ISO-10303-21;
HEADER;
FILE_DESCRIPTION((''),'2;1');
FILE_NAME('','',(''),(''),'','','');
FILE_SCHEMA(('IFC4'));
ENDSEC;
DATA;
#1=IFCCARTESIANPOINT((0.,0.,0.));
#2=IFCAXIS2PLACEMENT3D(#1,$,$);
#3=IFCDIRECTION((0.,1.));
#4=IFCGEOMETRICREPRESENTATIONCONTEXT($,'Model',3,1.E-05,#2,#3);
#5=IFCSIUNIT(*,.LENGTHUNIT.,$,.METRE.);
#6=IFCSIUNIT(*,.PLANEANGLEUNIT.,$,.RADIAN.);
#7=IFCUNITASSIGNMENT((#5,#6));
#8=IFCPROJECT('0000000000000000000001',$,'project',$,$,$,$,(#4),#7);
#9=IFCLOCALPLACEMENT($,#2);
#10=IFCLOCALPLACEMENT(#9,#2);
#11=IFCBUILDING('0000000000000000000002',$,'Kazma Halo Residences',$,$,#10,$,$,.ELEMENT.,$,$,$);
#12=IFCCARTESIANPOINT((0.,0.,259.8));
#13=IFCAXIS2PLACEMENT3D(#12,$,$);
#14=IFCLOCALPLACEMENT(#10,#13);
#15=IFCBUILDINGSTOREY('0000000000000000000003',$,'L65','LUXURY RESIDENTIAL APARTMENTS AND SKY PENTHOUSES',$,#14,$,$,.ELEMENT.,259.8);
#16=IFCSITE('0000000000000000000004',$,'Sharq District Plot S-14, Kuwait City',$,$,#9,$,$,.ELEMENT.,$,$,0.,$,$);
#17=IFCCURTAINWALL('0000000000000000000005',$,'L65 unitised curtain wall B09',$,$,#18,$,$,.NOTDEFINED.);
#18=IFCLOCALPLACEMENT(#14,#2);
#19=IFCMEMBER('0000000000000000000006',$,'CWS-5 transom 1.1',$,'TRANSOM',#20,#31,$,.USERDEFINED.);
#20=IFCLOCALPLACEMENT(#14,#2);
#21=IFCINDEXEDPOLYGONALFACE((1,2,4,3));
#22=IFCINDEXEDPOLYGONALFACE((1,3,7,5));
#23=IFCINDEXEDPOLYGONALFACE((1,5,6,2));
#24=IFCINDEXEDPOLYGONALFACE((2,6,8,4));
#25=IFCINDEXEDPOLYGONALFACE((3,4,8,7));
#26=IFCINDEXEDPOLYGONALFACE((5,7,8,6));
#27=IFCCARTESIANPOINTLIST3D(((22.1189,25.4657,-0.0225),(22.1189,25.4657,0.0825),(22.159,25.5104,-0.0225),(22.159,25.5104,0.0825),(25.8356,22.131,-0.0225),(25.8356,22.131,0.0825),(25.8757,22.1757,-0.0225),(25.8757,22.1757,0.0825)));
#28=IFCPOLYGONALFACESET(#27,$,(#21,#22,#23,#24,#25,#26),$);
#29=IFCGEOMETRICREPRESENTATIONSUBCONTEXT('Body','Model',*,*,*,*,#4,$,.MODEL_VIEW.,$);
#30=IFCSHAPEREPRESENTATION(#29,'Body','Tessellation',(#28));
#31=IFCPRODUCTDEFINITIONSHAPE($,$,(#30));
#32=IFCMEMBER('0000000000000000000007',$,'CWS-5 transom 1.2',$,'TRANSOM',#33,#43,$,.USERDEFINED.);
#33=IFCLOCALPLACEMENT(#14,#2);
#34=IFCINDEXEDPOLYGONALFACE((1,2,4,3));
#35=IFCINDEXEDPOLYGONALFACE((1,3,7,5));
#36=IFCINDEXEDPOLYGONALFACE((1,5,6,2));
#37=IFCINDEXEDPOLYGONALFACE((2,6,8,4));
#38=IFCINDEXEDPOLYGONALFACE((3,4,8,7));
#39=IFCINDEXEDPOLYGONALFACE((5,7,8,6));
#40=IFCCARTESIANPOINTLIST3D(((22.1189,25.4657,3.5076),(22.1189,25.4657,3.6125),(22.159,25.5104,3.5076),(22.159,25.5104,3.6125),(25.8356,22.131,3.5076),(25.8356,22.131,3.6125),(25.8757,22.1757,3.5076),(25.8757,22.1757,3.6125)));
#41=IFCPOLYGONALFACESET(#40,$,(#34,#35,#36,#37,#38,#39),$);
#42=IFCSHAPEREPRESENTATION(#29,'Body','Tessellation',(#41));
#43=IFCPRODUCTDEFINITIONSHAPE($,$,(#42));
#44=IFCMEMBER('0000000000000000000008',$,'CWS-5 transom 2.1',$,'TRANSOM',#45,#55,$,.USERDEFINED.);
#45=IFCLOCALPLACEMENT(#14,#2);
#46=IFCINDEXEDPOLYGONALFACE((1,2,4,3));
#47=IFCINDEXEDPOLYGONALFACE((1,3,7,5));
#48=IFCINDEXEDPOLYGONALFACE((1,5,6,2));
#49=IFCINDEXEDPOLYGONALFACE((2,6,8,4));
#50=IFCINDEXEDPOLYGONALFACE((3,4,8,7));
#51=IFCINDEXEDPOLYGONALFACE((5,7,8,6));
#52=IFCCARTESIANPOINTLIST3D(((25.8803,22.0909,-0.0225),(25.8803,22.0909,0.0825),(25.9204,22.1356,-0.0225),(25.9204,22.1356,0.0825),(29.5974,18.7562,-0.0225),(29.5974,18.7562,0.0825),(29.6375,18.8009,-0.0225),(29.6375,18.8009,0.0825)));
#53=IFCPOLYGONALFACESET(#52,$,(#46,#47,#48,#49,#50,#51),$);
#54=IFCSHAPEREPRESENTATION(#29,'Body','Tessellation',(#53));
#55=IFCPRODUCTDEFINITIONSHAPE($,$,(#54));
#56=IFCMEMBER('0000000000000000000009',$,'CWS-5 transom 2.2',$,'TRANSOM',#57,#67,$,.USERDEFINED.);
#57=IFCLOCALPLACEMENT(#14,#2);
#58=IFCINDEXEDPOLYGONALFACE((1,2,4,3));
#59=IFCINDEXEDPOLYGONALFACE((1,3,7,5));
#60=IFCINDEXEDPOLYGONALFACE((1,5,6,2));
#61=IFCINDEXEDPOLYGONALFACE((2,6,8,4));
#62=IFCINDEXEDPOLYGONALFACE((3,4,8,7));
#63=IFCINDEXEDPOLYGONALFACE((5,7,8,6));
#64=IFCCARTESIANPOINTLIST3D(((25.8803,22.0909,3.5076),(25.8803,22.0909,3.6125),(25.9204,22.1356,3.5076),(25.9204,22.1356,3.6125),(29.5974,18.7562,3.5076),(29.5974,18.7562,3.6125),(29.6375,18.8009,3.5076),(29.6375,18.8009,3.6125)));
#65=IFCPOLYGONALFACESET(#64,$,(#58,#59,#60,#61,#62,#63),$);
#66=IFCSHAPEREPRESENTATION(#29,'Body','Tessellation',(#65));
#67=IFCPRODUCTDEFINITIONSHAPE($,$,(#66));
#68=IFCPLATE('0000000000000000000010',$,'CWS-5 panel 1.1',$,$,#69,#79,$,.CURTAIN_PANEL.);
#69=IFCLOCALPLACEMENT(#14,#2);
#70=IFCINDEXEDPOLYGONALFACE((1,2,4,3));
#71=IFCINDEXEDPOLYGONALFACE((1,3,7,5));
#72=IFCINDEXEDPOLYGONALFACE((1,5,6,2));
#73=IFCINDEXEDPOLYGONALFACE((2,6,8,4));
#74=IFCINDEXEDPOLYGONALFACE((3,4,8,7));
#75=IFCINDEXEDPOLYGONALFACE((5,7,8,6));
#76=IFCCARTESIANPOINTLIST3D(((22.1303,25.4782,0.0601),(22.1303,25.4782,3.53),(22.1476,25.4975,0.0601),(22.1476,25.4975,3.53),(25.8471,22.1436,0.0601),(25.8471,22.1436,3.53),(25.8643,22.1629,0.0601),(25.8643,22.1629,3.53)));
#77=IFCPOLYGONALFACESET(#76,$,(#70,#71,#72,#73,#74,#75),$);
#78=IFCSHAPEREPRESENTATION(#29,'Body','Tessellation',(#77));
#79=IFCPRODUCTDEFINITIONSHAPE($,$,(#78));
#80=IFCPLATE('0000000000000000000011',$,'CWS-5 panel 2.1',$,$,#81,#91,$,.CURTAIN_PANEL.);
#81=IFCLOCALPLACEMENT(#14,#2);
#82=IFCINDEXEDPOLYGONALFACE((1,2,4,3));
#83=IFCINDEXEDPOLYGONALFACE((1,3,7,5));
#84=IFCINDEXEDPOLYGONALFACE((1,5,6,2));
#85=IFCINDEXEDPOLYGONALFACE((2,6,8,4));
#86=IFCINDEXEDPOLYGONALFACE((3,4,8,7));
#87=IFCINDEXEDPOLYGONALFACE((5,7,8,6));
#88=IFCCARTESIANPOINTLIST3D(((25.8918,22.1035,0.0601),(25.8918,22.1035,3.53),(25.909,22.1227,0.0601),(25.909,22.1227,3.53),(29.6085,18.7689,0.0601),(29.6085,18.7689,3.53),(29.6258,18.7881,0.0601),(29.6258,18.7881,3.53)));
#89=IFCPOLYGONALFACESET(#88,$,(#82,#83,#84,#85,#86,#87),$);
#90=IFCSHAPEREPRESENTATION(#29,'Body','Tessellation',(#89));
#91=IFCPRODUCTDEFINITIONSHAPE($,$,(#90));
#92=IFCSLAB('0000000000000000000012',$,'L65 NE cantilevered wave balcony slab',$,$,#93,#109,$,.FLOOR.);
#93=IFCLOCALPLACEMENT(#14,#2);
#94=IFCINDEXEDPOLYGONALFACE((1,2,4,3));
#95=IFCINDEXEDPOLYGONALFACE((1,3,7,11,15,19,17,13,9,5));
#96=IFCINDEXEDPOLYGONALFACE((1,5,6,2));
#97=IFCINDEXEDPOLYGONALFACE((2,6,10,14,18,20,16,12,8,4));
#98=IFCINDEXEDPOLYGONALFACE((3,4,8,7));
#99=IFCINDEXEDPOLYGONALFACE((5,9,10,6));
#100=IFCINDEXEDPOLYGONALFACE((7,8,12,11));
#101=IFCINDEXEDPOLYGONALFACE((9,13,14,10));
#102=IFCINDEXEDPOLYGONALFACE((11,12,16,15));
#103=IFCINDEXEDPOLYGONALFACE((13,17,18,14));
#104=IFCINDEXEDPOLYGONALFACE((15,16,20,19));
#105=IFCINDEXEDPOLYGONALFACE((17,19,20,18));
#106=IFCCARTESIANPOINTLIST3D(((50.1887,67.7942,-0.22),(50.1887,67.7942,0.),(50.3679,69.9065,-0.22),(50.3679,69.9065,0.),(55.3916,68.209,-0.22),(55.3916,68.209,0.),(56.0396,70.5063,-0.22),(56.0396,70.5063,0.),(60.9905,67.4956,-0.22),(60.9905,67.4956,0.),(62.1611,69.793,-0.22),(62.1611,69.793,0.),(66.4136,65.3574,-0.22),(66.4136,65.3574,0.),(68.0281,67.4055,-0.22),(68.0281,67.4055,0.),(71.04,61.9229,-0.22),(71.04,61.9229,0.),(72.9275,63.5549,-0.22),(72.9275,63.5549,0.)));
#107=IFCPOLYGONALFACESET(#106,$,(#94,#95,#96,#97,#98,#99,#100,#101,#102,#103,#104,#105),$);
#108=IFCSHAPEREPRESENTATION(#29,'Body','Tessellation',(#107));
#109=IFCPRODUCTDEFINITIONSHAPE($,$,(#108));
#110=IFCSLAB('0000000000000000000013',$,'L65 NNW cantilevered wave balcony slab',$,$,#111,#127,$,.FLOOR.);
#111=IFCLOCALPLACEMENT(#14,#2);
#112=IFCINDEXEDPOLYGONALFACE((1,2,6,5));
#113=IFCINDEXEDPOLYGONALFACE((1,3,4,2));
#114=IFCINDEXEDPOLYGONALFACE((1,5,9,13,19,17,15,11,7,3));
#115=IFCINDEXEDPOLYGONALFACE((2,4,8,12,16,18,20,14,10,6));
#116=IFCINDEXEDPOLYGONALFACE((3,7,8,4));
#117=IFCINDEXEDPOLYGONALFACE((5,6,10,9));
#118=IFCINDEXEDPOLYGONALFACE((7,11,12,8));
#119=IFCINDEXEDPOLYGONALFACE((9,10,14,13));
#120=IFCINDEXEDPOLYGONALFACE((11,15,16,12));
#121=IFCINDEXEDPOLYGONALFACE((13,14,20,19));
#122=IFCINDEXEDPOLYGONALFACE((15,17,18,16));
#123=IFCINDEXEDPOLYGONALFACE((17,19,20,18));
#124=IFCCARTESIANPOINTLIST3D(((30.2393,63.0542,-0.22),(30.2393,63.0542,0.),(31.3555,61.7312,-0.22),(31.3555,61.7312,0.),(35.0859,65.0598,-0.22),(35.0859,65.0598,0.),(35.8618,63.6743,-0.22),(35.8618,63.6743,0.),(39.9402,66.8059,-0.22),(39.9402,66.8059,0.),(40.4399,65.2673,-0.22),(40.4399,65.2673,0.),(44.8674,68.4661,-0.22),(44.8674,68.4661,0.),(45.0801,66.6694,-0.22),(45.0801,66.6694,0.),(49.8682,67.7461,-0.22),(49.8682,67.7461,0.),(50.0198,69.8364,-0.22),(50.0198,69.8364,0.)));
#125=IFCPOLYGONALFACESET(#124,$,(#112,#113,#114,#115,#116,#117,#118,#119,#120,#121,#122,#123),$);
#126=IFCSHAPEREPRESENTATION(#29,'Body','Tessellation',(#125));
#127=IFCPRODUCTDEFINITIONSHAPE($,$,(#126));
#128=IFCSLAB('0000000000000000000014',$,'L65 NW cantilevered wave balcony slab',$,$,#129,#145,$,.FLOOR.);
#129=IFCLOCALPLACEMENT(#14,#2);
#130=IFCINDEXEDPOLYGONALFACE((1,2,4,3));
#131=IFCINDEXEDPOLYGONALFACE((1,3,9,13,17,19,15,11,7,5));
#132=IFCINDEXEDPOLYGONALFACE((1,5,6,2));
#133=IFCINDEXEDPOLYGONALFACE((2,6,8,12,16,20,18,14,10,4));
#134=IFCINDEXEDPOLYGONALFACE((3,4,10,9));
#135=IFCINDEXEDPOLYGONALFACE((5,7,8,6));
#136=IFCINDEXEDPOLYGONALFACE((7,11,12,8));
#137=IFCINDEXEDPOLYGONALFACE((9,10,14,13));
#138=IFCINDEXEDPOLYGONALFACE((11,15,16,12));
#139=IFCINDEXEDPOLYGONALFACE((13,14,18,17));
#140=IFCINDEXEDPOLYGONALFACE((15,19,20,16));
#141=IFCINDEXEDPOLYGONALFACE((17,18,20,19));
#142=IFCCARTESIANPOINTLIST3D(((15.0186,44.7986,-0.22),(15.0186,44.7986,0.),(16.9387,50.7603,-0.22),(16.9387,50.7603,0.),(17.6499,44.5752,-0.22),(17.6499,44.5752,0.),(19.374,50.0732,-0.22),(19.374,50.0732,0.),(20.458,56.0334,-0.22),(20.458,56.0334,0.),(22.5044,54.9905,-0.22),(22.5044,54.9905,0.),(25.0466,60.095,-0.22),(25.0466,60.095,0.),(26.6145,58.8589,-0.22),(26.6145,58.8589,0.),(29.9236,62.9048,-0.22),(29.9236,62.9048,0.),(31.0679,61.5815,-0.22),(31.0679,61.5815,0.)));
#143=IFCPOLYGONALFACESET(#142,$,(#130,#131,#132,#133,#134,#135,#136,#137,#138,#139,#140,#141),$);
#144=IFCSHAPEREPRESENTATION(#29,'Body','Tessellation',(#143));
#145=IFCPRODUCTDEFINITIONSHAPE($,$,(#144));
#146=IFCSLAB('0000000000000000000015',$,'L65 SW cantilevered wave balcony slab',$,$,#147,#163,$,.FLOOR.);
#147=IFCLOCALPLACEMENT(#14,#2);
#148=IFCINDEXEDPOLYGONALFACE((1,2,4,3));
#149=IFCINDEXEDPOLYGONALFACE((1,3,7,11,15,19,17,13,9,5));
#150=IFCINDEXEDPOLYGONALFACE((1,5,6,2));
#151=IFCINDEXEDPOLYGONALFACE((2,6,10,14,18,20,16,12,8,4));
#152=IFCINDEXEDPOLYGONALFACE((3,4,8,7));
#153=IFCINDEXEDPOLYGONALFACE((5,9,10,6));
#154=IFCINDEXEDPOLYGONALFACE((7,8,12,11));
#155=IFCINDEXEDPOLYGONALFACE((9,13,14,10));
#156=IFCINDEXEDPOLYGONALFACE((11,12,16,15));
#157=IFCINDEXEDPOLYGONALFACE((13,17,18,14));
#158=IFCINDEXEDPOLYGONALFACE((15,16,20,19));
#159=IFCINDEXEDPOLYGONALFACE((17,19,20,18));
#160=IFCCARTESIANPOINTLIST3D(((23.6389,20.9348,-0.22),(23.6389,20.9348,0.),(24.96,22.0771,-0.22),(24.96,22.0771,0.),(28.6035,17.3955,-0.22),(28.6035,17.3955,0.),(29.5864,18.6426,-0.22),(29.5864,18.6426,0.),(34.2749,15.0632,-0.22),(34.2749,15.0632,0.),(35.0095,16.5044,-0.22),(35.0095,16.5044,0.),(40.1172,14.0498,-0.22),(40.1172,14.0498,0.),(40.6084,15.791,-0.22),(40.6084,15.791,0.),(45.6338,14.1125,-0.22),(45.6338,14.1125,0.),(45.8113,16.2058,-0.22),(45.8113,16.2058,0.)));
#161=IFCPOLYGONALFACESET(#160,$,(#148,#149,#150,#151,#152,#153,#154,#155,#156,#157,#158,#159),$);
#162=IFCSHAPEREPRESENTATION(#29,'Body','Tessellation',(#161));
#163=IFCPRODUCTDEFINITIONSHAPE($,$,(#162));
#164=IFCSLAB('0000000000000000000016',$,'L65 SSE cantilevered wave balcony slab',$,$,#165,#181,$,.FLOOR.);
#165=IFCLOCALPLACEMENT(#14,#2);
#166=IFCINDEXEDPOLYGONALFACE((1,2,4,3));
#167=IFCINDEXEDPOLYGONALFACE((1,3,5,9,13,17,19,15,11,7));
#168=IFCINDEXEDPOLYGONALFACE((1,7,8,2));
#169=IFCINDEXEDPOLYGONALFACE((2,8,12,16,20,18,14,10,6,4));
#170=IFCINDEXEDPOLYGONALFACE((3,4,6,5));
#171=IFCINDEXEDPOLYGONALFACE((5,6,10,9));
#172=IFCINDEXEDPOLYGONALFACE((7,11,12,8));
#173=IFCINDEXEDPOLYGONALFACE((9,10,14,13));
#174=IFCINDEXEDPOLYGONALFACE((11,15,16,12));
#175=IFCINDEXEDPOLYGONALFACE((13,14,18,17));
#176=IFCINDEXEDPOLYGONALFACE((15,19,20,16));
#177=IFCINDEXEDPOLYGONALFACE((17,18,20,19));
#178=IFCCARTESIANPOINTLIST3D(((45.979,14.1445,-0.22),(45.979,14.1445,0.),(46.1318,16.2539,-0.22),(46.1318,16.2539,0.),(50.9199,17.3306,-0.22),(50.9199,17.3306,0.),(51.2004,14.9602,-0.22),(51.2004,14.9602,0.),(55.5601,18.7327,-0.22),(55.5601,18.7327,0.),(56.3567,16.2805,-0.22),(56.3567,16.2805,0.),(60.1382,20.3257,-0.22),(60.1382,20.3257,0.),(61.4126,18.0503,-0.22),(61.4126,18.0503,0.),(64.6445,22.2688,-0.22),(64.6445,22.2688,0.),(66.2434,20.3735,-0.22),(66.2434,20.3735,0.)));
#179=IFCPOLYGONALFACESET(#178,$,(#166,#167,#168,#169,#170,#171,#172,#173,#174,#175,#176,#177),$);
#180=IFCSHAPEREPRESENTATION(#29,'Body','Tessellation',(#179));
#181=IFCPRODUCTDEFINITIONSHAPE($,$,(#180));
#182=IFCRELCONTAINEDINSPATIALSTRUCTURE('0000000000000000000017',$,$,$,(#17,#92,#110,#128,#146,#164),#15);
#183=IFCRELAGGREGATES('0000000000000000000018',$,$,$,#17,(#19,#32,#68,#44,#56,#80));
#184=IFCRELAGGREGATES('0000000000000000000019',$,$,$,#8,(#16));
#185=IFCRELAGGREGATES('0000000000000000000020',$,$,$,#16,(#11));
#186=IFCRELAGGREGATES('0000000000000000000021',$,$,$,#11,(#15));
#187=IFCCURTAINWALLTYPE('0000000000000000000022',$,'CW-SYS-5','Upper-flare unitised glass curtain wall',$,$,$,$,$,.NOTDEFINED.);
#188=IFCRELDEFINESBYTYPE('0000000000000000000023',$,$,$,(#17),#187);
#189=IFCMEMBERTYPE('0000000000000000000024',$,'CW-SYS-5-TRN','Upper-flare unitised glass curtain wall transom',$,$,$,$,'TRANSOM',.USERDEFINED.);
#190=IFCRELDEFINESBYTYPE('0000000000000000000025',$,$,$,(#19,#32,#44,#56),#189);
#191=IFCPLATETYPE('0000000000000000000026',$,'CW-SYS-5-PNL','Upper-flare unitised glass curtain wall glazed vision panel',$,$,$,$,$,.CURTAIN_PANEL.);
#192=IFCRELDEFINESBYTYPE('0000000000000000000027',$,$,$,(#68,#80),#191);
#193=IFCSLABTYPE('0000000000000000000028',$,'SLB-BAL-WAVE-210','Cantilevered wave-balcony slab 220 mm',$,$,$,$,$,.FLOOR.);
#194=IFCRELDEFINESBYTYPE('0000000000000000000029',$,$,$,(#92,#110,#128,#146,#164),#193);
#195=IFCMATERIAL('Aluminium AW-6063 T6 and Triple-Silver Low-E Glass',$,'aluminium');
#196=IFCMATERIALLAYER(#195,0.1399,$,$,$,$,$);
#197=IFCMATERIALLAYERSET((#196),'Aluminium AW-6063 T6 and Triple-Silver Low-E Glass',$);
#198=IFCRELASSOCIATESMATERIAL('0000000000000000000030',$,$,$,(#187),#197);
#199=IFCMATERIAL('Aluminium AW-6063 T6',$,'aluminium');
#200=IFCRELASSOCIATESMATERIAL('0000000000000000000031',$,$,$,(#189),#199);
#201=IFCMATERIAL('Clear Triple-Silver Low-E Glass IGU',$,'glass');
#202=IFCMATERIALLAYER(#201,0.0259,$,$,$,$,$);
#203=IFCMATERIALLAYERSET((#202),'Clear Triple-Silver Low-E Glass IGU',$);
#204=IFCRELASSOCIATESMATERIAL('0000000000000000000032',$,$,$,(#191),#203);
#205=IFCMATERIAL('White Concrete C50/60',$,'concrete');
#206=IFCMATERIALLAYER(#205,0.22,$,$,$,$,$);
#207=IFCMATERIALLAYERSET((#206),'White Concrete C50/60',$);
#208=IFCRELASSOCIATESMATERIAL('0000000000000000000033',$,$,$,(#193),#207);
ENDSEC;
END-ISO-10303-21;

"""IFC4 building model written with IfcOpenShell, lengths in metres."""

from ifc_helpers import new_model, si_unit, direction, frame, origin, origin_2d, place, context, subcontext, project, spatial, polyline, rectangle, outline, extrude, material, layer, layer_set, material_profile, profile_set, type_object, element, aggregate, save


model = new_model("IFC4")

# Units and contexts
model_context = context("Model", 3, precision=1e-05, world=origin(), true_north=direction((0.0, 1.0)))
body_context = subcontext(model_context, "Body", "Model", "MODEL_VIEW")
ifc_project = project(units=[si_unit("LENGTHUNIT", "METRE"), si_unit("PLANEANGLEUNIT", "RADIAN")], contexts=[model_context])

# Site, building, storey
site_placement = place(None, origin())
site = spatial("IfcSite", under=ifc_project, at=site_placement, Name="Sharq District Plot S-14, Kuwait City", CompositionType="ELEMENT", RefElevation=0.0)
building_placement = place(site_placement, origin())
building = spatial("IfcBuilding", under=site, at=building_placement, Name="Kazma Halo Residences", CompositionType="ELEMENT")
storey_placement = place(building_placement, frame((0.0, 0.0, 259.8)))
storey = spatial("IfcBuildingStorey", under=building, at=storey_placement, Name="L65", Description="LUXURY RESIDENTIAL APARTMENTS AND SKY PENTHOUSES", CompositionType="ELEMENT", Elevation=259.8)

# Curtain wall, members, plates
ifc_material_1 = material(Name="Aluminium AW-6063 T6 and Triple-Silver Low-E Glass", Category="aluminium")
ifc_layer_1 = layer(ifc_material_1, 0.1399)
ifc_layer_set_1 = layer_set([ifc_layer_1], Name="Aluminium AW-6063 T6 and Triple-Silver Low-E Glass")
curtain_wall_type = type_object("IfcCurtainWallType", Name="CW-SYS-5", Description="Upper-flare unitised glass curtain wall", PredefinedType="NOTDEFINED", material=ifc_layer_set_1)
curtain_wall_placement = place(storey_placement, origin())
curtain_wall = element("IfcCurtainWall", 1, at=curtain_wall_placement, inside=storey, type_object=curtain_wall_type, Name="L65 unitised curtain wall B09", PredefinedType="NOTDEFINED")
ifc_material_2 = material(Name="Aluminium AW-6063 T6", Category="aluminium")
ifc_material_profile_1 = material_profile(ifc_material_2, rectangle(XDim=0.0601, YDim=0.105, at=origin_2d()), Name="CWT-60x105")
ifc_profile_set_1 = profile_set([ifc_material_profile_1], Name="Aluminium AW-6063 T6")
member_type_1 = type_object("IfcMemberType", Name="CW-SYS-5-TRN", Description="Upper-flare unitised glass curtain wall transom", ElementType="TRANSOM", PredefinedType="USERDEFINED", material=ifc_profile_set_1)
member_1_placement = place(storey_placement, frame((22.1389, 25.488, 0.03), z_axis=(0.744329, -0.667813, 0.0), x_axis=(0.667813, 0.744329, 0.0)))
member_1 = element("IfcMember", 2, at=member_1_placement, type_object=member_type_1, Name="CWS-5 transom 1.1", ObjectType="TRANSOM", PredefinedType="USERDEFINED", context=body_context, shape_type="SweptSolid", body=[
    extrude(rectangle(XDim=0.0601, YDim=0.105, at=origin_2d()), origin(), (0.0, 0.0, 1.0), 4.9934),
])
member_2_placement = place(storey_placement, frame((22.1389, 25.488, 3.5601), z_axis=(0.744329, -0.667813, 0.0), x_axis=(0.667813, 0.744329, 0.0)))
member_2 = element("IfcMember", 3, at=member_2_placement, type_object=member_type_1, Name="CWS-5 transom 1.2", ObjectType="TRANSOM", PredefinedType="USERDEFINED", context=body_context, shape_type="SweptSolid", body=[
    extrude(rectangle(XDim=0.0601, YDim=0.105, at=origin_2d()), origin(), (0.0, 0.0, 1.0), 4.9934),
])
member_3_placement = place(storey_placement, frame((25.9004, 22.1133, 0.03), z_axis=(0.744351, -0.667789, 0.0), x_axis=(0.667789, 0.744351, 0.0)))
member_3 = element("IfcMember", 4, at=member_3_placement, type_object=member_type_1, Name="CWS-5 transom 2.1", ObjectType="TRANSOM", PredefinedType="USERDEFINED", context=body_context, shape_type="SweptSolid", body=[
    extrude(rectangle(XDim=0.0601, YDim=0.105, at=origin_2d()), origin(), (0.0, 0.0, 1.0), 4.9937),
])
member_4_placement = place(storey_placement, frame((25.9004, 22.1133, 3.5601), z_axis=(0.744351, -0.667789, 0.0), x_axis=(0.667789, 0.744351, 0.0)))
member_4 = element("IfcMember", 5, at=member_4_placement, type_object=member_type_1, Name="CWS-5 transom 2.2", ObjectType="TRANSOM", PredefinedType="USERDEFINED", context=body_context, shape_type="SweptSolid", body=[
    extrude(rectangle(XDim=0.0601, YDim=0.105, at=origin_2d()), origin(), (0.0, 0.0, 1.0), 4.9937),
])
ifc_material_3 = material(Name="Clear Triple-Silver Low-E Glass IGU", Category="glass")
ifc_layer_2 = layer(ifc_material_3, 0.0259)
ifc_layer_set_2 = layer_set([ifc_layer_2], Name="Clear Triple-Silver Low-E Glass IGU")
plate_type = type_object("IfcPlateType", Name="CW-SYS-5-PNL", Description="Upper-flare unitised glass curtain wall glazed vision panel", PredefinedType="CURTAIN_PANEL", material=ifc_layer_set_2)
plate_1_placement = place(storey_placement, frame((23.9973, 23.8206, 0.0601), z_axis=(0.0, 0.0, 1.0), x_axis=(0.744336, -0.667805, 0.0)))
plate_1 = element("IfcPlate", 6, at=plate_1_placement, type_object=plate_type, Name="CWS-5 panel 1.1", PredefinedType="CURTAIN_PANEL", context=body_context, shape_type="SweptSolid", body=[
    extrude(rectangle(XDim=4.9934, YDim=0.0259, at=origin_2d()), origin(), (0.0, 0.0, 1.0), 3.47),
])
plate_2_placement = place(storey_placement, frame((27.7588, 20.4458, 0.0601), z_axis=(0.0, 0.0, 1.0), x_axis=(0.744336, -0.667805, 0.0)))
plate_2 = element("IfcPlate", 7, at=plate_2_placement, type_object=plate_type, Name="CWS-5 panel 2.1", PredefinedType="CURTAIN_PANEL", context=body_context, shape_type="SweptSolid", body=[
    extrude(rectangle(XDim=4.9934, YDim=0.0259, at=origin_2d()), origin(), (0.0, 0.0, 1.0), 3.47),
])
aggregate(curtain_wall, [member_1, member_2, plate_1, member_3, member_4, plate_2])

# Slabs
ifc_material_4 = material(Name="White Concrete C50/60", Category="concrete")
ifc_layer_3 = layer(ifc_material_4, 0.22)
ifc_layer_set_3 = layer_set([ifc_layer_3], Name="White Concrete C50/60")
slab_type_1 = type_object("IfcSlabType", Name="SLB-BAL-WAVE-210", Description="Cantilevered wave-balcony slab 220 mm", PredefinedType="FLOOR", material=ifc_layer_set_3)
slab_1_placement = place(storey_placement, frame((0.0, 0.0, -0.22)))
element("IfcSlab", 8, at=slab_1_placement, inside=storey, type_object=slab_type_1, Name="L65 NE cantilevered wave balcony slab", PredefinedType="FLOOR", context=body_context, shape_type="SweptSolid", body=[
    extrude(outline(polyline([(71.04, 61.9229), (66.4136, 65.3574), (60.9905, 67.4956), (55.3916, 68.209), (50.1887, 67.7942), (50.3679, 69.9065), (56.0396, 70.5063), (62.1611, 69.793), (68.0281, 67.4055), (72.9275, 63.5549), (71.04, 61.9229)])), origin(), (0.0, 0.0, 1.0), 0.22),
])
slab_2_placement = place(storey_placement, frame((0.0, 0.0, -0.22)))
element("IfcSlab", 9, at=slab_2_placement, inside=storey, type_object=slab_type_1, Name="L65 NNW cantilevered wave balcony slab", PredefinedType="FLOOR", context=body_context, shape_type="SweptSolid", body=[
    extrude(outline(polyline([(49.8682, 67.7461), (45.0801, 66.6694), (40.4399, 65.2673), (35.8618, 63.6743), (31.3555, 61.7312), (30.2393, 63.0542), (35.0859, 65.0598), (39.9402, 66.8059), (44.8674, 68.4661), (50.0198, 69.8364), (49.8682, 67.7461)])), origin(), (0.0, 0.0, 1.0), 0.22),
])
slab_3_placement = place(storey_placement, frame((0.0, 0.0, -0.22)))
element("IfcSlab", 10, at=slab_3_placement, inside=storey, type_object=slab_type_1, Name="L65 NW cantilevered wave balcony slab", PredefinedType="FLOOR", context=body_context, shape_type="SweptSolid", body=[
    extrude(outline(polyline([(31.0679, 61.5815), (26.6145, 58.8589), (22.5044, 54.9905), (19.374, 50.0732), (17.6499, 44.5752), (15.0186, 44.7986), (16.9387, 50.7603), (20.458, 56.0334), (25.0466, 60.095), (29.9236, 62.9048), (31.0679, 61.5815)])), origin(), (0.0, 0.0, 1.0), 0.22),
])
slab_4_placement = place(storey_placement, frame((0.0, 0.0, -0.22)))
element("IfcSlab", 11, at=slab_4_placement, inside=storey, type_object=slab_type_1, Name="L65 SW cantilevered wave balcony slab", PredefinedType="FLOOR", context=body_context, shape_type="SweptSolid", body=[
    extrude(outline(polyline([(24.96, 22.0771), (29.5864, 18.6426), (35.0095, 16.5044), (40.6084, 15.791), (45.8113, 16.2058), (45.6338, 14.1125), (40.1172, 14.0498), (34.2749, 15.0632), (28.6035, 17.3955), (23.6389, 20.9348), (24.96, 22.0771)])), origin(), (0.0, 0.0, 1.0), 0.22),
])
slab_5_placement = place(storey_placement, frame((0.0, 0.0, -0.22)))
element("IfcSlab", 12, at=slab_5_placement, inside=storey, type_object=slab_type_1, Name="L65 SSE cantilevered wave balcony slab", PredefinedType="FLOOR", context=body_context, shape_type="SweptSolid", body=[
    extrude(outline(polyline([(46.1318, 16.2539), (50.9199, 17.3306), (55.5601, 18.7327), (60.1382, 20.3257), (64.6445, 22.2688), (66.2434, 20.3735), (61.4126, 18.0503), (56.3567, 16.2805), (51.2004, 14.9602), (45.979, 14.1445), (46.1318, 16.2539)])), origin(), (0.0, 0.0, 1.0), 0.22),
])

save(model, "model.ifc")
